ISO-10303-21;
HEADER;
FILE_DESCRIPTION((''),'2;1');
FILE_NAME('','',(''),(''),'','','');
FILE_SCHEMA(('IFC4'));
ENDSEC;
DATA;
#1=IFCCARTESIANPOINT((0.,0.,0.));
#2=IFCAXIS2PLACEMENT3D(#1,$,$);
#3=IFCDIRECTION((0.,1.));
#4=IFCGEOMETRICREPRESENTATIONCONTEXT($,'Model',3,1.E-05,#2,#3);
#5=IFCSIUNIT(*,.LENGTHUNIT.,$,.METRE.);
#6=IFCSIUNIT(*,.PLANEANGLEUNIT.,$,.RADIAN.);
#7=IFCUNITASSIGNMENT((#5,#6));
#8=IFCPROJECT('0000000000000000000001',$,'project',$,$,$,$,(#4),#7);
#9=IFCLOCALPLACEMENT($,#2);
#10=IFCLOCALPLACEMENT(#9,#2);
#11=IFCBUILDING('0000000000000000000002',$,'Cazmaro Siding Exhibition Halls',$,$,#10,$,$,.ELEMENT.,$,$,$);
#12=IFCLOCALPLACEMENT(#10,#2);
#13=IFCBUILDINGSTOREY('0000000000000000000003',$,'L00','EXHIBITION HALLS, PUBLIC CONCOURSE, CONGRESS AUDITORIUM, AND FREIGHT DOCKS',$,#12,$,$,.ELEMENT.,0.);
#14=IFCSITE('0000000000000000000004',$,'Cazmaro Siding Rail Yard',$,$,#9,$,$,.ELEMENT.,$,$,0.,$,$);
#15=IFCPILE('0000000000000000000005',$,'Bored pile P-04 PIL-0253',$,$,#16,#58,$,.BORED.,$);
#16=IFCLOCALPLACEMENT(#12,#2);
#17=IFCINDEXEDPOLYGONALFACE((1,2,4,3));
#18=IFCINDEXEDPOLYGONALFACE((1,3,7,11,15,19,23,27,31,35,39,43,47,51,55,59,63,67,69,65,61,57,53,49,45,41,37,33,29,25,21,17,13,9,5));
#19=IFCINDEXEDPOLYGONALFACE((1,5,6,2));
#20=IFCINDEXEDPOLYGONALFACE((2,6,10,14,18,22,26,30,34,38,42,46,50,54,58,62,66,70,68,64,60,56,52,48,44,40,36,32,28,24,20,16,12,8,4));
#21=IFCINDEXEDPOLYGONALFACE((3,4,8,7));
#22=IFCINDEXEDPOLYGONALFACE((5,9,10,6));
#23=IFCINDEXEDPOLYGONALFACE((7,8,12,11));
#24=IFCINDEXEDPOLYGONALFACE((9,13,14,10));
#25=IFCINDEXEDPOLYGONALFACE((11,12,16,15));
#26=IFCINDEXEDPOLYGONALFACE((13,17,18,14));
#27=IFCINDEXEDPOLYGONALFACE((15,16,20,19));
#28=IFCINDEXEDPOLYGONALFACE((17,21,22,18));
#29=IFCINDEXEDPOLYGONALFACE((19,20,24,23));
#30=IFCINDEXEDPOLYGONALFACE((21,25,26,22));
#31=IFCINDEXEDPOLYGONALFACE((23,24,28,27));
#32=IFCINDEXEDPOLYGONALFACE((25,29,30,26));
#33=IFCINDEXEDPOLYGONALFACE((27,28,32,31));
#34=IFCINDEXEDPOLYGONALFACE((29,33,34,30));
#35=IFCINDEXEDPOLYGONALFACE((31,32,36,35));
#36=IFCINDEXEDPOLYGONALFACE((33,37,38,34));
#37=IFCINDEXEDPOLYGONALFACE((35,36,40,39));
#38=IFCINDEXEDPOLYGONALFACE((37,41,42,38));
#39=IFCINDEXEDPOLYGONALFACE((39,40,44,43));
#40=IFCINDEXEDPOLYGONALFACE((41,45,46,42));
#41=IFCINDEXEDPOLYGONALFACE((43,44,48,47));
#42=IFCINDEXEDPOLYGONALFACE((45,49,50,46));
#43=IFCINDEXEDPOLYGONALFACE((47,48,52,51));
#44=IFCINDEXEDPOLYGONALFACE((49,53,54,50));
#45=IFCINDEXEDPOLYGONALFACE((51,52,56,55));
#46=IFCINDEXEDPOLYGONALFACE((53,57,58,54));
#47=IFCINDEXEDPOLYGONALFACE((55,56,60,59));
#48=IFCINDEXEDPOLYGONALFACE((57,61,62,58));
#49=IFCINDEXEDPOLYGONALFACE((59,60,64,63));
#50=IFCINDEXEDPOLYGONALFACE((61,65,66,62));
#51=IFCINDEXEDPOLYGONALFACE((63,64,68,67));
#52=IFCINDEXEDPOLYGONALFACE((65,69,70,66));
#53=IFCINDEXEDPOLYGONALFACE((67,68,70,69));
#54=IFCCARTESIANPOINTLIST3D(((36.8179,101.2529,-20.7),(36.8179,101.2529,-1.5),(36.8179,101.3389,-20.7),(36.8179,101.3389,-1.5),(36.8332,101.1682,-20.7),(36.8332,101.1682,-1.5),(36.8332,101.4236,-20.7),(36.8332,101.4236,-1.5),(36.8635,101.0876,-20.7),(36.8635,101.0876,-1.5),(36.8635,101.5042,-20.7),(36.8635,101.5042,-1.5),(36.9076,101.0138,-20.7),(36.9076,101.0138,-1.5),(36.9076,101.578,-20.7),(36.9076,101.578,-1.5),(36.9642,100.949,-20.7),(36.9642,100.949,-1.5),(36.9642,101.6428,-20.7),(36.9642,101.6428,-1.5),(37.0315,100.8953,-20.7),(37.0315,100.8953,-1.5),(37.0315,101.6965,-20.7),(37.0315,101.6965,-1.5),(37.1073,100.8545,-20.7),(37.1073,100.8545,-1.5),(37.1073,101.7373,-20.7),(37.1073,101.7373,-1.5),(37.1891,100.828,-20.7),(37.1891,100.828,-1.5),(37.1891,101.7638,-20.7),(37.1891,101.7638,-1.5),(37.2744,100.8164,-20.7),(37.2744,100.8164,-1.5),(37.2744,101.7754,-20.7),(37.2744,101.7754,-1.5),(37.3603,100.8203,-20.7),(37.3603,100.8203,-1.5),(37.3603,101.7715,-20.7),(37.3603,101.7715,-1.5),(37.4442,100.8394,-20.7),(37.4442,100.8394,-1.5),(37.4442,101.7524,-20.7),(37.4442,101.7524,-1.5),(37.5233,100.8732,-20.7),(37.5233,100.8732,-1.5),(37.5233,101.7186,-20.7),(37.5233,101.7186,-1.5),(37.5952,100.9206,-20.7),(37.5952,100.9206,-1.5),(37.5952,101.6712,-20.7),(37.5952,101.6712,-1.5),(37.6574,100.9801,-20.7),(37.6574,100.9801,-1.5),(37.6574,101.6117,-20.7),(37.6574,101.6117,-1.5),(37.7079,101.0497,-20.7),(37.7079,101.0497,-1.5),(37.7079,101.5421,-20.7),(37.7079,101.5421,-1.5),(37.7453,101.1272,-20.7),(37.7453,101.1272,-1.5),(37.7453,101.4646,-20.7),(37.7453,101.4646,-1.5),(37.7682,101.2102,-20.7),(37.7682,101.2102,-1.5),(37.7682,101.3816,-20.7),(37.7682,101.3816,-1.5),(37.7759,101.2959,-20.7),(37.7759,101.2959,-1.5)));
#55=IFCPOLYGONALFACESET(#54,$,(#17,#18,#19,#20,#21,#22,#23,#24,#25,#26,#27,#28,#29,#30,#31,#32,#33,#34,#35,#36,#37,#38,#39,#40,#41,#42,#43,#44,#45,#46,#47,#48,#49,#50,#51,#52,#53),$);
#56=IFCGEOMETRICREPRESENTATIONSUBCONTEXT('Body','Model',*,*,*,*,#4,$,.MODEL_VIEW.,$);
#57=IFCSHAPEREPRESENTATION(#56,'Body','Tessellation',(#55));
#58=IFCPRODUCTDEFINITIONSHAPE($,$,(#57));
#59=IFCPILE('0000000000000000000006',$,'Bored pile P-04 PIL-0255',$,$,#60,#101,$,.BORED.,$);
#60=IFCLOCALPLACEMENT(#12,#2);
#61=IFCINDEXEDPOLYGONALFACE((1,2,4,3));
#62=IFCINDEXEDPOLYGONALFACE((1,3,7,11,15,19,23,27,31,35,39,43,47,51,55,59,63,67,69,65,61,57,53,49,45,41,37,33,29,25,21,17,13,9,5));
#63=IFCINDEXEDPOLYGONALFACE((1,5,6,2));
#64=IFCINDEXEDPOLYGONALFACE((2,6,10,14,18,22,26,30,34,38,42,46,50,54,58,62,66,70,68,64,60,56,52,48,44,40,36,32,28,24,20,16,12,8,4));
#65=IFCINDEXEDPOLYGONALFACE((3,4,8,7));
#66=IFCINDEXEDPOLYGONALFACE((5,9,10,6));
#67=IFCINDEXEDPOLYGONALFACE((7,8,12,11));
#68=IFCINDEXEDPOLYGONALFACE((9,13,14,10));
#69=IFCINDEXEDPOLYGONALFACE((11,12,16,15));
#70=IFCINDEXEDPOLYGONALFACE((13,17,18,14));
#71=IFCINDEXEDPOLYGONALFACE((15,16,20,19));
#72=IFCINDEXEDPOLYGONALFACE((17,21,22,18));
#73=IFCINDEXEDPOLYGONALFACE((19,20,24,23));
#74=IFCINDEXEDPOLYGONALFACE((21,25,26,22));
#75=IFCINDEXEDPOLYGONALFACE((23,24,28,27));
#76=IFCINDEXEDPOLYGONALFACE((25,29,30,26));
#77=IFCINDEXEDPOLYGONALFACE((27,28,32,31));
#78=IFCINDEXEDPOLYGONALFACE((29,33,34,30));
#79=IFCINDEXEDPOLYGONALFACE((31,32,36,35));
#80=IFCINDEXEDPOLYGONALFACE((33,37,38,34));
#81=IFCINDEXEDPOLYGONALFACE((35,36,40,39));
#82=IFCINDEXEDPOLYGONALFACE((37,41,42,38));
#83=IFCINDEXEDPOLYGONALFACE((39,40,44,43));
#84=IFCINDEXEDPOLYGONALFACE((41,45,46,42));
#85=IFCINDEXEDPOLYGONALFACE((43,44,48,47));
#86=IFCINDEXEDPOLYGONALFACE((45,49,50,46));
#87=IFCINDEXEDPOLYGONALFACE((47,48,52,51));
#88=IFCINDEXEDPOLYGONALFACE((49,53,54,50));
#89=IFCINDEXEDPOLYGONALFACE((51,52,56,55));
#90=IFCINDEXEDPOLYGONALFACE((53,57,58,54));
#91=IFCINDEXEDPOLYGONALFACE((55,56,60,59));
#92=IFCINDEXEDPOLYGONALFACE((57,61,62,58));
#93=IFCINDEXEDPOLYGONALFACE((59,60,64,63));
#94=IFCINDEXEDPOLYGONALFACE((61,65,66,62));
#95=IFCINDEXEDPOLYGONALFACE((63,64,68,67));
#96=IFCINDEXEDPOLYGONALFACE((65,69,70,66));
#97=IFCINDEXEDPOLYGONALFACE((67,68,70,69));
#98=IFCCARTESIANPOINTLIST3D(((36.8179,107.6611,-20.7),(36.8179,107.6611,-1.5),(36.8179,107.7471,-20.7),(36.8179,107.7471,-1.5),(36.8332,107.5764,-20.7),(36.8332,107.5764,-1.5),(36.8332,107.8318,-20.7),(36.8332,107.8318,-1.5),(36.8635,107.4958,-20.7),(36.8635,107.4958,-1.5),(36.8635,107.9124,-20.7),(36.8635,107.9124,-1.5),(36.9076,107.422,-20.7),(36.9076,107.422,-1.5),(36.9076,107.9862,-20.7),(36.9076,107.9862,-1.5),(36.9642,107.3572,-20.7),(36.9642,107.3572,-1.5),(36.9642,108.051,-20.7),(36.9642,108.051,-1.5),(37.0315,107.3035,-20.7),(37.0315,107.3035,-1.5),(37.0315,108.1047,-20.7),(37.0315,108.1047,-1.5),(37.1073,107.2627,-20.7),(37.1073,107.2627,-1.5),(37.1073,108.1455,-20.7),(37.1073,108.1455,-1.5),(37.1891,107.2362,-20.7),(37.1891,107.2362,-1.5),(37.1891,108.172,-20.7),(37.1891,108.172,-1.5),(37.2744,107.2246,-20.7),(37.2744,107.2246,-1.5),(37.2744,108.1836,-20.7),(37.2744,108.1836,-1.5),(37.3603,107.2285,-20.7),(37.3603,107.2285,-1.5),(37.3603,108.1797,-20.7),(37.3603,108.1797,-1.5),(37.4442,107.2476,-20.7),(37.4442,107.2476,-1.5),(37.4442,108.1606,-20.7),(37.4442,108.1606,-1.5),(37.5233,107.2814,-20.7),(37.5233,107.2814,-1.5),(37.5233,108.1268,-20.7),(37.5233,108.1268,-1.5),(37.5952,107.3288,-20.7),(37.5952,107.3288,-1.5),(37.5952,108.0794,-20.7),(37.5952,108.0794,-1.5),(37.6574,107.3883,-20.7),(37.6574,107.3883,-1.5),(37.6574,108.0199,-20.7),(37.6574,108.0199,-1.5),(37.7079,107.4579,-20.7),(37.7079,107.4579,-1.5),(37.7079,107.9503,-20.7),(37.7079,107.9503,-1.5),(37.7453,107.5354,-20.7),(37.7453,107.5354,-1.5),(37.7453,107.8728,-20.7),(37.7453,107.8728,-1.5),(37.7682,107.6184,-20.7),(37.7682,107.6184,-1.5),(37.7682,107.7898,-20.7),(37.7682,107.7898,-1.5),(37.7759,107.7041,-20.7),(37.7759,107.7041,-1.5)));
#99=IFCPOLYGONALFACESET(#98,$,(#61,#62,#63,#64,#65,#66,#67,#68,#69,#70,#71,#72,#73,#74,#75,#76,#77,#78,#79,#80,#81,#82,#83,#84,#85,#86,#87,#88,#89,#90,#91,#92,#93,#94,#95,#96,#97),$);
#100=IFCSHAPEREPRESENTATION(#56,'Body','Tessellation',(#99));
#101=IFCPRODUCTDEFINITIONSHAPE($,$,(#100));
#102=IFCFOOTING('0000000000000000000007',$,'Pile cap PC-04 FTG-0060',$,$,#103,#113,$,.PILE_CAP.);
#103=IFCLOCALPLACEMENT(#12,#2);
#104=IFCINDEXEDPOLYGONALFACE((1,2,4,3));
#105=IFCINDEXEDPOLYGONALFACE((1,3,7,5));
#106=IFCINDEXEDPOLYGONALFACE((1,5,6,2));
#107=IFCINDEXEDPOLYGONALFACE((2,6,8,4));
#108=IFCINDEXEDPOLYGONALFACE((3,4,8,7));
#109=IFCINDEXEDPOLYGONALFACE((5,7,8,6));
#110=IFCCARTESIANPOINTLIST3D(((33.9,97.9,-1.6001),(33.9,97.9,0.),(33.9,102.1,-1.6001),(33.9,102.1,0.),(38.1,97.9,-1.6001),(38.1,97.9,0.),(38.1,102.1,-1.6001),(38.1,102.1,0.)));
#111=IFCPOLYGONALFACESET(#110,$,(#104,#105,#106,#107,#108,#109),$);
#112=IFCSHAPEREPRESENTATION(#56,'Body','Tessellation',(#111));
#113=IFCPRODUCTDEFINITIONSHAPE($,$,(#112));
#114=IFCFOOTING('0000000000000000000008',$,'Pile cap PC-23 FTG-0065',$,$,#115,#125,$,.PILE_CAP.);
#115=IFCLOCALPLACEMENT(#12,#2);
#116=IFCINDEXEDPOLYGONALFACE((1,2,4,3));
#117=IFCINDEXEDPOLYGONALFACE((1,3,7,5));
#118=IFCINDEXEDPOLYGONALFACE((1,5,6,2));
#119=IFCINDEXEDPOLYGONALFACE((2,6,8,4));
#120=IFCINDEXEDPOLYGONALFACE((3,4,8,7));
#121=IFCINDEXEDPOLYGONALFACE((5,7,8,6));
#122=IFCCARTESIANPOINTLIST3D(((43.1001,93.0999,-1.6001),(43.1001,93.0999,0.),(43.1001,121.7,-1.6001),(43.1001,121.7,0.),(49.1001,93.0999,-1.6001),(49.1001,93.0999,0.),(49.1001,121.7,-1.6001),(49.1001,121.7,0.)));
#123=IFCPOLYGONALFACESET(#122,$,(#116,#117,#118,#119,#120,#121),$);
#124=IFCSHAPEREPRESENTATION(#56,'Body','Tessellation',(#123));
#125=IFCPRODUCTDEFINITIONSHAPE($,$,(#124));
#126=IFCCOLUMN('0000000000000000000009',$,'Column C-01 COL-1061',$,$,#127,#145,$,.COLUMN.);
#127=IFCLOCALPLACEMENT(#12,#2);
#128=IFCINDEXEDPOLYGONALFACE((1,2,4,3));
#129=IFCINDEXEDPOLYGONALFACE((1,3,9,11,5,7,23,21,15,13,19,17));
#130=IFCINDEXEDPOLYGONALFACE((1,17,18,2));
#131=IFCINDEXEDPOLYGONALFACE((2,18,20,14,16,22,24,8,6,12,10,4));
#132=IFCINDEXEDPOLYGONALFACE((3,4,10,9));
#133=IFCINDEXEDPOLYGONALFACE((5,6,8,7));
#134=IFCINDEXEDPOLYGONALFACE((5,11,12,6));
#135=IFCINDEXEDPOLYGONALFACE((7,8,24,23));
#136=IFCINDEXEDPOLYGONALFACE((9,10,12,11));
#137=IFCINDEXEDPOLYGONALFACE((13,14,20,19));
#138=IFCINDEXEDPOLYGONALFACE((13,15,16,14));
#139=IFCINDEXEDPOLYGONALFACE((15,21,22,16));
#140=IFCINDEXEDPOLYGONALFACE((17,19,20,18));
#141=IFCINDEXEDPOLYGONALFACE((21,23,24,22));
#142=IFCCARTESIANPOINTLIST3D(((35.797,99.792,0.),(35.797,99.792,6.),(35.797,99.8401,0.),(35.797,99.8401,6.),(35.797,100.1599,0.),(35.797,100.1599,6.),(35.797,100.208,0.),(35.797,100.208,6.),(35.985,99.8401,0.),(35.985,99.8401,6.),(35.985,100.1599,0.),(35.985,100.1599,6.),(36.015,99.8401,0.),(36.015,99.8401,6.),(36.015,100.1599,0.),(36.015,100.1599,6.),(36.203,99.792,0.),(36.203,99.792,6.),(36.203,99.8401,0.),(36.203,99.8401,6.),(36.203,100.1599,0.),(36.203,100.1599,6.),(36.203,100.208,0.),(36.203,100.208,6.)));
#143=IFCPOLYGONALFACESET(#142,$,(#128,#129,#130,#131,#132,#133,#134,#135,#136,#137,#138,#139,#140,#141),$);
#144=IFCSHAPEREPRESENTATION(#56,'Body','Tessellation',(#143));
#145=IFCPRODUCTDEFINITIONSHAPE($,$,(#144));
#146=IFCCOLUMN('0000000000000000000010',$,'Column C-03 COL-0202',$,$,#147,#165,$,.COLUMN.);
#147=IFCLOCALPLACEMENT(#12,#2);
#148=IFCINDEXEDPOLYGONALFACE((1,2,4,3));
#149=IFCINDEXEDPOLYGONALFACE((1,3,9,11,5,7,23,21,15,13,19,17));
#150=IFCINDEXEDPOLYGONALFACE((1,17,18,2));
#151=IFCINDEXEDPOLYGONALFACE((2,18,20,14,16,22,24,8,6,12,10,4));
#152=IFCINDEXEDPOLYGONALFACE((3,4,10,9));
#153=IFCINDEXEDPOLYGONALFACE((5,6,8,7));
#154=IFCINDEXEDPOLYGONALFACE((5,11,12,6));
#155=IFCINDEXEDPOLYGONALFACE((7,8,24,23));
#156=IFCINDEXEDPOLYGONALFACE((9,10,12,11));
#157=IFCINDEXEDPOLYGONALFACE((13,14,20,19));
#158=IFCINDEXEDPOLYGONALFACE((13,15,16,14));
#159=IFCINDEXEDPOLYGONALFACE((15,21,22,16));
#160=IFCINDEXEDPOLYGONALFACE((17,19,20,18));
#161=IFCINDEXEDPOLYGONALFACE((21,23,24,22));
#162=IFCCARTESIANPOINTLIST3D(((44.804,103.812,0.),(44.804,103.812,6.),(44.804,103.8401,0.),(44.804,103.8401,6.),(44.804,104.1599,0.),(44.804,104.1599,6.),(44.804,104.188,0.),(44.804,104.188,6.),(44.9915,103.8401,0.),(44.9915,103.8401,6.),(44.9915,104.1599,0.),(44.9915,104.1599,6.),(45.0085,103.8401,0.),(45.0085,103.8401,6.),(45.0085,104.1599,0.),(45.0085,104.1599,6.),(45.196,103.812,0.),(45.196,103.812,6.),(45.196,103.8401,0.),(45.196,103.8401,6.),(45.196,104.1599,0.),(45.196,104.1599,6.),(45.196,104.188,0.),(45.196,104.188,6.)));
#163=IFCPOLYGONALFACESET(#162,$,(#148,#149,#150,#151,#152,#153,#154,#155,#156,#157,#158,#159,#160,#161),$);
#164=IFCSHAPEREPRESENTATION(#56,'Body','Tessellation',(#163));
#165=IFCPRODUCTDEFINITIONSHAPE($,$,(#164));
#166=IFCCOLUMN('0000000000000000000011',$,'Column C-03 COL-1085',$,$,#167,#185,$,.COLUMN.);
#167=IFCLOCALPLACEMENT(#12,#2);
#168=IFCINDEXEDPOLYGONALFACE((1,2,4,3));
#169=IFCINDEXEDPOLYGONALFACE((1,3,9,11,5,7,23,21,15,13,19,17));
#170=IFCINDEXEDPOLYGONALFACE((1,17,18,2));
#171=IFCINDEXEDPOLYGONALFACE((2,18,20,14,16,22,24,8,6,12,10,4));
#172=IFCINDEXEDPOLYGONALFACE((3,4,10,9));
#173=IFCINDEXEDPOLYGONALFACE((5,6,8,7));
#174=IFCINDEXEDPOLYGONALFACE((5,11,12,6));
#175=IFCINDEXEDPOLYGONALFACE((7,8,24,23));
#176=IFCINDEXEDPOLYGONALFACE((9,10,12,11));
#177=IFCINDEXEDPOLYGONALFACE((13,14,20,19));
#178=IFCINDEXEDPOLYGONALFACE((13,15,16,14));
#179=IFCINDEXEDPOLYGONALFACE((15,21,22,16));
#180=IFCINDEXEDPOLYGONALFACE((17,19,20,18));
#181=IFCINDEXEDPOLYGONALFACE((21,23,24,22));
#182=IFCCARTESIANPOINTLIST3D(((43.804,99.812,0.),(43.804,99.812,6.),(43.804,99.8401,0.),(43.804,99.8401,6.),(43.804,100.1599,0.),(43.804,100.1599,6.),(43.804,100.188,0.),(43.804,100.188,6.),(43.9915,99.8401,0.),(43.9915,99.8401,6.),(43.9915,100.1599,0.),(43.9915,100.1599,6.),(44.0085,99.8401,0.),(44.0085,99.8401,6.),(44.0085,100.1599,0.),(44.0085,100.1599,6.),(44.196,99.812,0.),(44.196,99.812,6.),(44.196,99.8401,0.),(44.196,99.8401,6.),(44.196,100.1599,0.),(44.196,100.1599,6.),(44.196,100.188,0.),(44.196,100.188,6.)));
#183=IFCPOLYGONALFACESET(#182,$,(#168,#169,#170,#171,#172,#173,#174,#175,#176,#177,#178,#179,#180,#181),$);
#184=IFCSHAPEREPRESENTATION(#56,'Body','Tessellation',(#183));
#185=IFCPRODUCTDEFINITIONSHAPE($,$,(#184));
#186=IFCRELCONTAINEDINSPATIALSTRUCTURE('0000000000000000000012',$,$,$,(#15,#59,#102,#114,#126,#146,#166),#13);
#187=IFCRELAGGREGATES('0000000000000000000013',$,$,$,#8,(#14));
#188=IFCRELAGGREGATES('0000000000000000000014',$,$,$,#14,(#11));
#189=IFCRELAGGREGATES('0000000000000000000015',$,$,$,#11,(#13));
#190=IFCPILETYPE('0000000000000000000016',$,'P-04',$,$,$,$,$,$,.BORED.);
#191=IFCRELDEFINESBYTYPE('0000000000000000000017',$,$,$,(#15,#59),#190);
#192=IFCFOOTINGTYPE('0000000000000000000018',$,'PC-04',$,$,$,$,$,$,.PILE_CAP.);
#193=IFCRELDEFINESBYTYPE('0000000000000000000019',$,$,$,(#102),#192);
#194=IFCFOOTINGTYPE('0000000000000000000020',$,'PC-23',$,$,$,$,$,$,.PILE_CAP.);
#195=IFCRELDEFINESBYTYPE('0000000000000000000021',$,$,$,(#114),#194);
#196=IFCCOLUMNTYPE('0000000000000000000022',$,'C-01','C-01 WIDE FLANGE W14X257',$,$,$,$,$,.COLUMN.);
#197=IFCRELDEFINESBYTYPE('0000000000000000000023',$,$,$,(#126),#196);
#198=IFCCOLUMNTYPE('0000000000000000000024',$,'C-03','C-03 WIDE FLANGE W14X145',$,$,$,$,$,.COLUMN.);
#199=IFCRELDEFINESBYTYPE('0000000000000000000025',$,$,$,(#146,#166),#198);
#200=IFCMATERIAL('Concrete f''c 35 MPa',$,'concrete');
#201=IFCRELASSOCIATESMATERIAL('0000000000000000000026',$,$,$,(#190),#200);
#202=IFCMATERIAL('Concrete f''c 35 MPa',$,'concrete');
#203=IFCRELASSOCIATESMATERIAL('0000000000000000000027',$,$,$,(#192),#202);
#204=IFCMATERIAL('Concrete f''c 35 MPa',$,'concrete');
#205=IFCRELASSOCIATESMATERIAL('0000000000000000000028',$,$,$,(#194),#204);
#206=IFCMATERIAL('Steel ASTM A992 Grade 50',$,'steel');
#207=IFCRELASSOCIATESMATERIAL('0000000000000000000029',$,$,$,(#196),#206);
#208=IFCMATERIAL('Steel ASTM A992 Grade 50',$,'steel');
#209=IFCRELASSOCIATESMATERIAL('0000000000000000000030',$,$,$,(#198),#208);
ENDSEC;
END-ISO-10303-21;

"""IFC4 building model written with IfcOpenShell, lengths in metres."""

from ifc_helpers import new_model, si_unit, direction, frame, origin, origin_2d, place, context, subcontext, project, spatial, rectangle, circle, i_section, extrude, material, material_profile, profile_set, type_object, element, save


model = new_model("IFC4")

# Units and contexts
model_context = context("Model", 3, precision=1e-05, world=origin(), true_north=direction((0.0, 1.0)))
body_context = subcontext(model_context, "Body", "Model", "MODEL_VIEW")
ifc_project = project(units=[si_unit("LENGTHUNIT", "METRE"), si_unit("PLANEANGLEUNIT", "RADIAN")], contexts=[model_context])

# Site, building, storey
site_placement = place(None, origin())
site = spatial("IfcSite", under=ifc_project, at=site_placement, Name="Cazmaro Siding Rail Yard", CompositionType="ELEMENT", RefElevation=0.0)
building_placement = place(site_placement, origin())
building = spatial("IfcBuilding", under=site, at=building_placement, Name="Cazmaro Siding Exhibition Halls", CompositionType="ELEMENT")
storey_placement = place(building_placement, origin())
storey = spatial("IfcBuildingStorey", under=building, at=storey_placement, Name="L00", Description="EXHIBITION HALLS, PUBLIC CONCOURSE, CONGRESS AUDITORIUM, AND FREIGHT DOCKS", CompositionType="ELEMENT", Elevation=0.0)

# Piles
ifc_material_1 = material(Name="Concrete f'c 35 MPa", Category="concrete")
ifc_material_profile_1 = material_profile(ifc_material_1, circle(Radius=0.48, at=origin_2d()), Name="CIDH-960")
ifc_profile_set_1 = profile_set([ifc_material_profile_1], Name="Concrete f'c 35 MPa")
pile_type_1 = type_object("IfcPileType", Name="P-04", PredefinedType="BORED", material=ifc_profile_set_1)
for number, where, z_axis, x_axis, name in (
    (1, (37.2959, 101.2959, -1.5), (0.0, 0.0, -1.0), (1.0, 0.0, 0.0), "Bored pile P-04 PIL-0253"),
    (2, (37.2959, 107.7041, -1.5), (0.0, 0.0, -1.0), (1.0, 0.0, 0.0), "Bored pile P-04 PIL-0255"),
):
    element("IfcPile", number, at=place(storey_placement, frame(where, z_axis=z_axis, x_axis=x_axis)), inside=storey, type_object=pile_type_1, Name=name, PredefinedType="BORED", context=body_context, shape_type="SweptSolid", body=[
        extrude(circle(Radius=0.48, at=origin_2d()), origin(), (0.0, 0.0, 1.0), 19.2),
    ])

# Footings
ifc_material_2 = material(Name="Concrete f'c 35 MPa", Category="concrete")
footing_type_1 = type_object("IfcFootingType", Name="PC-04", PredefinedType="PILE_CAP", material=ifc_material_2)
footing_1_placement = place(storey_placement, frame((36.0, 100.0, -1.6001), z_axis=(0.0, 0.0, 1.0), x_axis=(1.0, 0.0, 0.0)))
element("IfcFooting", 3, at=footing_1_placement, inside=storey, type_object=footing_type_1, Name="Pile cap PC-04 FTG-0060", PredefinedType="PILE_CAP", context=body_context, shape_type="SweptSolid", body=[
    extrude(rectangle(XDim=4.2, YDim=4.2, at=origin_2d()), origin(), (0.0, 0.0, 1.0), 1.6001),
])
ifc_material_3 = material(Name="Concrete f'c 35 MPa", Category="concrete")
footing_type_2 = type_object("IfcFootingType", Name="PC-23", PredefinedType="PILE_CAP", material=ifc_material_3)
footing_2_placement = place(storey_placement, frame((46.1001, 107.3999, -1.6001), z_axis=(0.0, 0.0, 1.0), x_axis=(1.0, 0.0, 0.0)))
element("IfcFooting", 4, at=footing_2_placement, inside=storey, type_object=footing_type_2, Name="Pile cap PC-23 FTG-0065", PredefinedType="PILE_CAP", context=body_context, shape_type="SweptSolid", body=[
    extrude(rectangle(XDim=6.0, YDim=28.6001, at=origin_2d()), origin(), (0.0, 0.0, 1.0), 1.6001),
])

# Columns
ifc_material_4 = material(Name="Steel ASTM A992 Grade 50", Category="steel")
ifc_material_profile_2 = material_profile(ifc_material_4, i_section(OverallWidth=0.406, OverallDepth=0.416, WebThickness=0.03, FlangeThickness=0.0481, at=origin_2d()), Name="W14X257")
ifc_profile_set_2 = profile_set([ifc_material_profile_2], Name="Steel ASTM A992 Grade 50")
column_type_1 = type_object("IfcColumnType", Name="C-01", Description="C-01 WIDE FLANGE W14X257", PredefinedType="COLUMN", material=ifc_profile_set_2)
column_placement = place(storey_placement, frame((36.0, 100.0, 0.0), z_axis=(0.0, 0.0, 1.0), x_axis=(1.0, 0.0, 0.0)))
element("IfcColumn", 5, at=column_placement, inside=storey, type_object=column_type_1, Name="Column C-01 COL-1061", PredefinedType="COLUMN", context=body_context, shape_type="SweptSolid", body=[
    extrude(i_section(OverallWidth=0.406, OverallDepth=0.416, WebThickness=0.03, FlangeThickness=0.0481, at=origin_2d()), origin(), (0.0, 0.0, 1.0), 6.0),
])
ifc_material_5 = material(Name="Steel ASTM A992 Grade 50", Category="steel")
ifc_material_profile_3 = material_profile(ifc_material_5, i_section(OverallWidth=0.3921, OverallDepth=0.376, WebThickness=0.0171, FlangeThickness=0.0281, at=origin_2d()), Name="W14X145")
ifc_profile_set_3 = profile_set([ifc_material_profile_3], Name="Steel ASTM A992 Grade 50")
column_type_2 = type_object("IfcColumnType", Name="C-03", Description="C-03 WIDE FLANGE W14X145", PredefinedType="COLUMN", material=ifc_profile_set_3)
for number, where, z_axis, x_axis, name in (
    (6, (45.0, 104.0, 0.0), (0.0, 0.0, 1.0), (1.0, 0.0, 0.0), "Column C-03 COL-0202"),
    (7, (44.0, 100.0, 0.0), (0.0, 0.0, 1.0), (1.0, 0.0, 0.0), "Column C-03 COL-1085"),
):
    element("IfcColumn", number, at=place(storey_placement, frame(where, z_axis=z_axis, x_axis=x_axis)), inside=storey, type_object=column_type_2, Name=name, PredefinedType="COLUMN", context=body_context, shape_type="SweptSolid", body=[
        extrude(i_section(OverallWidth=0.3921, OverallDepth=0.376, WebThickness=0.0171, FlangeThickness=0.0281, at=origin_2d()), origin(), (0.0, 0.0, 1.0), 6.0),
    ])

save(model, "model.ifc")
